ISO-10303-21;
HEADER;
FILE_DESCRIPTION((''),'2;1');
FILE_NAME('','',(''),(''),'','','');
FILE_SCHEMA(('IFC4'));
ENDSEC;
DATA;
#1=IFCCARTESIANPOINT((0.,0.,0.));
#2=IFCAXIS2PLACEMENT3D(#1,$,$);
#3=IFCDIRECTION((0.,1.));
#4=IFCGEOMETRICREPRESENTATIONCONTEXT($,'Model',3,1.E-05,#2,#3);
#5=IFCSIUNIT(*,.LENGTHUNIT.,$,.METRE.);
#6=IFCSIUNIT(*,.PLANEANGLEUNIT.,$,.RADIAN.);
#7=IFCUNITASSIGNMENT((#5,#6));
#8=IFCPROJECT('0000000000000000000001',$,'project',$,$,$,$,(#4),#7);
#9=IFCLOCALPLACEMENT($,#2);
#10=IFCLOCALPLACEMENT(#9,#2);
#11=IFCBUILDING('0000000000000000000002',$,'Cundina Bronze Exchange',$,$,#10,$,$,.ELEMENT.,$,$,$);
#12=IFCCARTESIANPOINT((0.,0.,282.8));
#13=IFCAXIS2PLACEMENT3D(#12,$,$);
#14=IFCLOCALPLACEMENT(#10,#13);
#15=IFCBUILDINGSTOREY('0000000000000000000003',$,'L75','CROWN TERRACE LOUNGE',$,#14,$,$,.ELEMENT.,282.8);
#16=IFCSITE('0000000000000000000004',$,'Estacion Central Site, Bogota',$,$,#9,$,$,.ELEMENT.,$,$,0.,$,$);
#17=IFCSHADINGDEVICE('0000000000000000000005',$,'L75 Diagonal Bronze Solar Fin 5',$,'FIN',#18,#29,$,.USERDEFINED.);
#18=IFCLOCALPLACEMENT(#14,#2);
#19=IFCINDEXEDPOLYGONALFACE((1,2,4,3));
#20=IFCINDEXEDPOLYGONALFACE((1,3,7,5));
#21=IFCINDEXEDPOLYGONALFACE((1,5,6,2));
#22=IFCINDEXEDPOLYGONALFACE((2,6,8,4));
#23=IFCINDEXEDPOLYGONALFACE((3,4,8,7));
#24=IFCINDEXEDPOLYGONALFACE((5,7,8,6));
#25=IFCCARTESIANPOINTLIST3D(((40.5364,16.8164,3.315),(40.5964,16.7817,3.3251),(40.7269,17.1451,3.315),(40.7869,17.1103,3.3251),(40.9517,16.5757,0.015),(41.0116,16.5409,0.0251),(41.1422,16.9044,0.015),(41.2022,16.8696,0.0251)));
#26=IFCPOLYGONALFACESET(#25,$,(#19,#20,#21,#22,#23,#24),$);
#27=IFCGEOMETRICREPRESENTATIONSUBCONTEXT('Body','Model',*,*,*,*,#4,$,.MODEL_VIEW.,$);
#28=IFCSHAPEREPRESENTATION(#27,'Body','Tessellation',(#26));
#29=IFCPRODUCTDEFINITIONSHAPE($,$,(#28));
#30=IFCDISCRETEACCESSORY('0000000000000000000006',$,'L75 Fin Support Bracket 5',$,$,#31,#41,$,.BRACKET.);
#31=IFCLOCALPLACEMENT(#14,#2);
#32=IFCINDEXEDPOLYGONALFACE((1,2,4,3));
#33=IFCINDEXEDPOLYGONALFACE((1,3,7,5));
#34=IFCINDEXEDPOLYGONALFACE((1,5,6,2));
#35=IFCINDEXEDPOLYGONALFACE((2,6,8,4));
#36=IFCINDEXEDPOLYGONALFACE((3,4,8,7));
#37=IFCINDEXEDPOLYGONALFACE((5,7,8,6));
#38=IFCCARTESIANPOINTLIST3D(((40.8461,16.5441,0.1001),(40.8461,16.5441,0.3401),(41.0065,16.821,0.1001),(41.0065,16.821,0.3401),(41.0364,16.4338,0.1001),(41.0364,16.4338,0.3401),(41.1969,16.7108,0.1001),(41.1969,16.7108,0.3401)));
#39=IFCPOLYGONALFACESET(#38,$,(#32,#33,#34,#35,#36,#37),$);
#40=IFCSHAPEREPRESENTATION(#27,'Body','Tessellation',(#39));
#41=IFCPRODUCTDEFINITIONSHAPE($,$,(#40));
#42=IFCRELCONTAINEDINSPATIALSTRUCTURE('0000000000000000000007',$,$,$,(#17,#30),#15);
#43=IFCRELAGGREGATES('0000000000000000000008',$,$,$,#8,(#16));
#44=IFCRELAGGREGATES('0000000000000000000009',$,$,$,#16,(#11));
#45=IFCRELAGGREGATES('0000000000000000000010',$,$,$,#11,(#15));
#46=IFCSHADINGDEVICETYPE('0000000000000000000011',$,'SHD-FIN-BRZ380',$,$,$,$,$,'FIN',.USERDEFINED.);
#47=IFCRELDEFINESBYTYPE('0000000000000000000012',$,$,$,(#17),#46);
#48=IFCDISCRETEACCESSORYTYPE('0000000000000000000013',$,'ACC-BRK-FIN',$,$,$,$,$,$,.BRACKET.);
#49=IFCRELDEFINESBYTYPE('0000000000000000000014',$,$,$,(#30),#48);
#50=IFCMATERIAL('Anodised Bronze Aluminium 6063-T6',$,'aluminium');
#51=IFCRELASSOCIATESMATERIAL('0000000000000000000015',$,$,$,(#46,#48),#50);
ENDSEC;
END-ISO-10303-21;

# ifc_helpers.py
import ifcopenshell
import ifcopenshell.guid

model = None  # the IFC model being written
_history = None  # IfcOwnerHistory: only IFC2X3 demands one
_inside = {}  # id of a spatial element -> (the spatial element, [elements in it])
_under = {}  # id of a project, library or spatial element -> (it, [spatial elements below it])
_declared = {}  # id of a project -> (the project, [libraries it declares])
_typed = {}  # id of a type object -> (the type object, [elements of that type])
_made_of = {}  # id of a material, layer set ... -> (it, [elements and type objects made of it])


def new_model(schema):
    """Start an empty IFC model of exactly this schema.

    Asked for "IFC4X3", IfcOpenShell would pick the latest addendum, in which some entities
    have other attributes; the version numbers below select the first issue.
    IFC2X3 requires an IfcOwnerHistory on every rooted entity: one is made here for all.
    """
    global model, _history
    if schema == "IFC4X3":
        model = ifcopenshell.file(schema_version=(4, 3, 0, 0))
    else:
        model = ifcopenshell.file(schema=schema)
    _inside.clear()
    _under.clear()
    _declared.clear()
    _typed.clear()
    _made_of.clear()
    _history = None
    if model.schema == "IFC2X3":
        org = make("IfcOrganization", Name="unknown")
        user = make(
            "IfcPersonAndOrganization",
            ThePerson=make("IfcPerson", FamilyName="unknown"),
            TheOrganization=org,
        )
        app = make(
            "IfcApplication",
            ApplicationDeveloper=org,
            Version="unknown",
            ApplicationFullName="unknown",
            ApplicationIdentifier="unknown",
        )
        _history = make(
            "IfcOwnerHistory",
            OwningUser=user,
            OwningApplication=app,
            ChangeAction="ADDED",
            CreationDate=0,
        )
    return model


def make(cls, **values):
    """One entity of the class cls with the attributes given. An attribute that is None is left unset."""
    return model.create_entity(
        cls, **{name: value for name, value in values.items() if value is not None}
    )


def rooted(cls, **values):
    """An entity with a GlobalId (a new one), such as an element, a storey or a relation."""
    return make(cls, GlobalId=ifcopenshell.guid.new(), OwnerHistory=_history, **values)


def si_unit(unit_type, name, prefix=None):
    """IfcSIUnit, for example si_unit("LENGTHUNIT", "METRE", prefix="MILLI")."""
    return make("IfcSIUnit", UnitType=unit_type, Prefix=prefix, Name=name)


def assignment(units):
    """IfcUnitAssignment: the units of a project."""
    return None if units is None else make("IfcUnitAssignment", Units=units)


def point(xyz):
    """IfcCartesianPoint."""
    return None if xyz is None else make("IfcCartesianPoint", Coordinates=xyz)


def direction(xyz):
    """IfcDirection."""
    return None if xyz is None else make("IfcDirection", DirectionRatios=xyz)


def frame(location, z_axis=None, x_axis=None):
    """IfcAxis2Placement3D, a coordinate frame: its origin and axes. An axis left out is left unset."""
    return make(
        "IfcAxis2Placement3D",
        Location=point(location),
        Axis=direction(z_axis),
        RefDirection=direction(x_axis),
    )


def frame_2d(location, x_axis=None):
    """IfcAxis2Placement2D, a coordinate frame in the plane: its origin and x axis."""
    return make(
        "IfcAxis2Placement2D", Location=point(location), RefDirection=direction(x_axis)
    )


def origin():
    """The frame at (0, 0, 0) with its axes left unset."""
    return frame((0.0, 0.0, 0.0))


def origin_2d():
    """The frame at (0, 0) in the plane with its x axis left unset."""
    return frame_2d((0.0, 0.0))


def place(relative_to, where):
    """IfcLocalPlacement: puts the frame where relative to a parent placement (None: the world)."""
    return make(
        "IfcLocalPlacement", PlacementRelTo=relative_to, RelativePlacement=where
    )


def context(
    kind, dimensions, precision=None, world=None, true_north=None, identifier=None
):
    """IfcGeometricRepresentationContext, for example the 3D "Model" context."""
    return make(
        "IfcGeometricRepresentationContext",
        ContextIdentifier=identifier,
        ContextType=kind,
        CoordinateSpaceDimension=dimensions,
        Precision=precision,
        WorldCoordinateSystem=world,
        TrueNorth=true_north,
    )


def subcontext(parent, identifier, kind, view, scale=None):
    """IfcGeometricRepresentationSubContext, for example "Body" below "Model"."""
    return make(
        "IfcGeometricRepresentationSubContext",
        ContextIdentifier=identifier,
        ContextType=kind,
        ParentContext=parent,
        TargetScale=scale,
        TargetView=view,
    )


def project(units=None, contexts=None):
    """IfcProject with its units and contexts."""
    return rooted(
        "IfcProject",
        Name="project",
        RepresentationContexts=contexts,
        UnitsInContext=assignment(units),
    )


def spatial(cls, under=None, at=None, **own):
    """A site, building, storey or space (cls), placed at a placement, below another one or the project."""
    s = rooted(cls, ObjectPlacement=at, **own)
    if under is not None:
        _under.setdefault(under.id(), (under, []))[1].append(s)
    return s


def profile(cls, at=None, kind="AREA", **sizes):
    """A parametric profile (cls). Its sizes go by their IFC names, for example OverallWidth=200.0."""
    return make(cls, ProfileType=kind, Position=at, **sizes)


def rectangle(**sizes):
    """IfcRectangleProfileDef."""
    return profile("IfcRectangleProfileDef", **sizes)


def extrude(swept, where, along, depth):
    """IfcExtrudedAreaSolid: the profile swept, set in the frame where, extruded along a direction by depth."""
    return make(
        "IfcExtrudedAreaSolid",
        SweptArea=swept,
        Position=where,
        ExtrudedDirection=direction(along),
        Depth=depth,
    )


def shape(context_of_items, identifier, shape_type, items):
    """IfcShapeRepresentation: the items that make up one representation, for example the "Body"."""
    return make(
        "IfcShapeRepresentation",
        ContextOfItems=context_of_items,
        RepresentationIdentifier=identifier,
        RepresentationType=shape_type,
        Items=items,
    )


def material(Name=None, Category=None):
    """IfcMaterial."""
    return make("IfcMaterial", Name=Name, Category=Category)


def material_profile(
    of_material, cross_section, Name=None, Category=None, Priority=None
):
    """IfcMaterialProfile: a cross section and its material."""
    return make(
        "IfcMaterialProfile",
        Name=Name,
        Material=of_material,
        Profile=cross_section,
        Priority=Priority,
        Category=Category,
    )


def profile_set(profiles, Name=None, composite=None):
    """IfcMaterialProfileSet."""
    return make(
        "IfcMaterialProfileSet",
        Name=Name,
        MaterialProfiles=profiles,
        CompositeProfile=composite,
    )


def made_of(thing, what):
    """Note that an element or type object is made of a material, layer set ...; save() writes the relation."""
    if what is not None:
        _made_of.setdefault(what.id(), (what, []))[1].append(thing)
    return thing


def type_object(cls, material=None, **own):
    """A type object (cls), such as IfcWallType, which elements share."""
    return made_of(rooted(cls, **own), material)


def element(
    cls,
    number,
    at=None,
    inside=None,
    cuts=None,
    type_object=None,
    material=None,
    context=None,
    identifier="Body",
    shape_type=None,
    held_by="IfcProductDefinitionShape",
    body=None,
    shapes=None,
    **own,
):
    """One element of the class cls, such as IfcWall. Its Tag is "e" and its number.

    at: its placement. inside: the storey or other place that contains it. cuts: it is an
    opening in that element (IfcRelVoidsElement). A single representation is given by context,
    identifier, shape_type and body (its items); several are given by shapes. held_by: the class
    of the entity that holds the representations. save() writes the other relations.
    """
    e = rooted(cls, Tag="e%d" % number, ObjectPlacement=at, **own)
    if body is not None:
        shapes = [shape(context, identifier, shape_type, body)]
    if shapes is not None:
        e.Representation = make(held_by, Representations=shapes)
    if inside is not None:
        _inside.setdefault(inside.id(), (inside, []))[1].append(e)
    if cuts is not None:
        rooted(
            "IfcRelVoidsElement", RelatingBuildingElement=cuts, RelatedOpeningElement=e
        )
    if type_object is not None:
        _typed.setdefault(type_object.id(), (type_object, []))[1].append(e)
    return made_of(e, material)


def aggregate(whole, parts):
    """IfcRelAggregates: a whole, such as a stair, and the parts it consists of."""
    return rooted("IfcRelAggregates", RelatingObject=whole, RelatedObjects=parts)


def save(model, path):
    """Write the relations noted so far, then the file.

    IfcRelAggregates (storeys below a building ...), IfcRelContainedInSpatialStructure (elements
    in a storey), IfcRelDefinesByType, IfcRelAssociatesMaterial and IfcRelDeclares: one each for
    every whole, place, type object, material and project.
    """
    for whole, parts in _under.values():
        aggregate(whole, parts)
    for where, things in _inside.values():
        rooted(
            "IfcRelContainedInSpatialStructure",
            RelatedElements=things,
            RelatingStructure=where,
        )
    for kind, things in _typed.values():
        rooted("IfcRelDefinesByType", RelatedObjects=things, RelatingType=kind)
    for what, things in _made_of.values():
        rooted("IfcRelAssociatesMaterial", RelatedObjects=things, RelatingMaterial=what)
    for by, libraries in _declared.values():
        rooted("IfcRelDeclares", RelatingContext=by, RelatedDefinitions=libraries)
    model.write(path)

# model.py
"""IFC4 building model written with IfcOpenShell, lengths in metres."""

from ifc_helpers import new_model, si_unit, direction, frame, origin, origin_2d, place, context, subcontext, project, spatial, rectangle, extrude, material, material_profile, profile_set, type_object, element, save


model = new_model("IFC4")

# Units and contexts
model_context = context("Model", 3, precision=1e-05, world=origin(), true_north=direction((0.0, 1.0)))
body_context = subcontext(model_context, "Body", "Model", "MODEL_VIEW")
ifc_project = project(units=[si_unit("LENGTHUNIT", "METRE"), si_unit("PLANEANGLEUNIT", "RADIAN")], contexts=[model_context])

# Site, building, storey
site_placement = place(None, origin())
site = spatial("IfcSite", under=ifc_project, at=site_placement, Name="Estacion Central Site, Bogota", CompositionType="ELEMENT", RefElevation=0.0)
building_placement = place(site_placement, origin())
building = spatial("IfcBuilding", under=site, at=building_placement, Name="Cundina Bronze Exchange", CompositionType="ELEMENT")
storey_placement = place(building_placement, frame((0.0, 0.0, 282.8)))
storey = spatial("IfcBuildingStorey", under=building, at=storey_placement, Name="L75", Description="CROWN TERRACE LOUNGE", CompositionType="ELEMENT", Elevation=282.8)

# Shared definitions
ifc_material_1 = material(Name="Anodised Bronze Aluminium 6063-T6", Category="aluminium")

# Shading device
ifc_material_profile_1 = material_profile(ifc_material_1, rectangle(XDim=0.0701, YDim=0.3799, at=origin_2d()), Name="FIN70X380", Category="aluminium")
ifc_profile_set_1 = profile_set([ifc_material_profile_1], Name="Anodised Bronze Aluminium 6063-T6")
shading_device_type = type_object("IfcShadingDeviceType", Name="SHD-FIN-BRZ380", ElementType="FIN", PredefinedType="USERDEFINED", material=ifc_profile_set_1)
shading_device_placement = place(storey_placement, frame((41.0769, 16.7227, 0.02), z_axis=(-0.124531, 0.072186, 0.989586), x_axis=(0.85615, -0.496275, 0.14394)))
element("IfcShadingDevice", 1, at=shading_device_placement, inside=storey, type_object=shading_device_type, Name="L75 Diagonal Bronze Solar Fin 5", ObjectType="FIN", PredefinedType="USERDEFINED", context=body_context, shape_type="SweptSolid", body=[
    extrude(rectangle(XDim=0.0701, YDim=0.3799, at=origin_2d()), origin(), (0.0, 0.0, 1.0), 3.3347),
])

# Discrete accessory
discrete_accessory_type = type_object("IfcDiscreteAccessoryType", Name="ACC-BRK-FIN", PredefinedType="BRACKET", material=ifc_material_1)
discrete_accessory_placement = place(storey_placement, frame((41.0215, 16.6274, 0.1001), z_axis=(0.0, 0.0, 1.0), x_axis=(-0.865309, 0.501239, 0.0)))
element("IfcDiscreteAccessory", 2, at=discrete_accessory_placement, inside=storey, type_object=discrete_accessory_type, Name="L75 Fin Support Bracket 5", PredefinedType="BRACKET", context=body_context, shape_type="SweptSolid", body=[
    extrude(rectangle(XDim=0.22, YDim=0.3201, at=origin_2d()), origin(), (0.0, 0.0, 1.0), 0.24),
])

save(model, "model.ifc")
